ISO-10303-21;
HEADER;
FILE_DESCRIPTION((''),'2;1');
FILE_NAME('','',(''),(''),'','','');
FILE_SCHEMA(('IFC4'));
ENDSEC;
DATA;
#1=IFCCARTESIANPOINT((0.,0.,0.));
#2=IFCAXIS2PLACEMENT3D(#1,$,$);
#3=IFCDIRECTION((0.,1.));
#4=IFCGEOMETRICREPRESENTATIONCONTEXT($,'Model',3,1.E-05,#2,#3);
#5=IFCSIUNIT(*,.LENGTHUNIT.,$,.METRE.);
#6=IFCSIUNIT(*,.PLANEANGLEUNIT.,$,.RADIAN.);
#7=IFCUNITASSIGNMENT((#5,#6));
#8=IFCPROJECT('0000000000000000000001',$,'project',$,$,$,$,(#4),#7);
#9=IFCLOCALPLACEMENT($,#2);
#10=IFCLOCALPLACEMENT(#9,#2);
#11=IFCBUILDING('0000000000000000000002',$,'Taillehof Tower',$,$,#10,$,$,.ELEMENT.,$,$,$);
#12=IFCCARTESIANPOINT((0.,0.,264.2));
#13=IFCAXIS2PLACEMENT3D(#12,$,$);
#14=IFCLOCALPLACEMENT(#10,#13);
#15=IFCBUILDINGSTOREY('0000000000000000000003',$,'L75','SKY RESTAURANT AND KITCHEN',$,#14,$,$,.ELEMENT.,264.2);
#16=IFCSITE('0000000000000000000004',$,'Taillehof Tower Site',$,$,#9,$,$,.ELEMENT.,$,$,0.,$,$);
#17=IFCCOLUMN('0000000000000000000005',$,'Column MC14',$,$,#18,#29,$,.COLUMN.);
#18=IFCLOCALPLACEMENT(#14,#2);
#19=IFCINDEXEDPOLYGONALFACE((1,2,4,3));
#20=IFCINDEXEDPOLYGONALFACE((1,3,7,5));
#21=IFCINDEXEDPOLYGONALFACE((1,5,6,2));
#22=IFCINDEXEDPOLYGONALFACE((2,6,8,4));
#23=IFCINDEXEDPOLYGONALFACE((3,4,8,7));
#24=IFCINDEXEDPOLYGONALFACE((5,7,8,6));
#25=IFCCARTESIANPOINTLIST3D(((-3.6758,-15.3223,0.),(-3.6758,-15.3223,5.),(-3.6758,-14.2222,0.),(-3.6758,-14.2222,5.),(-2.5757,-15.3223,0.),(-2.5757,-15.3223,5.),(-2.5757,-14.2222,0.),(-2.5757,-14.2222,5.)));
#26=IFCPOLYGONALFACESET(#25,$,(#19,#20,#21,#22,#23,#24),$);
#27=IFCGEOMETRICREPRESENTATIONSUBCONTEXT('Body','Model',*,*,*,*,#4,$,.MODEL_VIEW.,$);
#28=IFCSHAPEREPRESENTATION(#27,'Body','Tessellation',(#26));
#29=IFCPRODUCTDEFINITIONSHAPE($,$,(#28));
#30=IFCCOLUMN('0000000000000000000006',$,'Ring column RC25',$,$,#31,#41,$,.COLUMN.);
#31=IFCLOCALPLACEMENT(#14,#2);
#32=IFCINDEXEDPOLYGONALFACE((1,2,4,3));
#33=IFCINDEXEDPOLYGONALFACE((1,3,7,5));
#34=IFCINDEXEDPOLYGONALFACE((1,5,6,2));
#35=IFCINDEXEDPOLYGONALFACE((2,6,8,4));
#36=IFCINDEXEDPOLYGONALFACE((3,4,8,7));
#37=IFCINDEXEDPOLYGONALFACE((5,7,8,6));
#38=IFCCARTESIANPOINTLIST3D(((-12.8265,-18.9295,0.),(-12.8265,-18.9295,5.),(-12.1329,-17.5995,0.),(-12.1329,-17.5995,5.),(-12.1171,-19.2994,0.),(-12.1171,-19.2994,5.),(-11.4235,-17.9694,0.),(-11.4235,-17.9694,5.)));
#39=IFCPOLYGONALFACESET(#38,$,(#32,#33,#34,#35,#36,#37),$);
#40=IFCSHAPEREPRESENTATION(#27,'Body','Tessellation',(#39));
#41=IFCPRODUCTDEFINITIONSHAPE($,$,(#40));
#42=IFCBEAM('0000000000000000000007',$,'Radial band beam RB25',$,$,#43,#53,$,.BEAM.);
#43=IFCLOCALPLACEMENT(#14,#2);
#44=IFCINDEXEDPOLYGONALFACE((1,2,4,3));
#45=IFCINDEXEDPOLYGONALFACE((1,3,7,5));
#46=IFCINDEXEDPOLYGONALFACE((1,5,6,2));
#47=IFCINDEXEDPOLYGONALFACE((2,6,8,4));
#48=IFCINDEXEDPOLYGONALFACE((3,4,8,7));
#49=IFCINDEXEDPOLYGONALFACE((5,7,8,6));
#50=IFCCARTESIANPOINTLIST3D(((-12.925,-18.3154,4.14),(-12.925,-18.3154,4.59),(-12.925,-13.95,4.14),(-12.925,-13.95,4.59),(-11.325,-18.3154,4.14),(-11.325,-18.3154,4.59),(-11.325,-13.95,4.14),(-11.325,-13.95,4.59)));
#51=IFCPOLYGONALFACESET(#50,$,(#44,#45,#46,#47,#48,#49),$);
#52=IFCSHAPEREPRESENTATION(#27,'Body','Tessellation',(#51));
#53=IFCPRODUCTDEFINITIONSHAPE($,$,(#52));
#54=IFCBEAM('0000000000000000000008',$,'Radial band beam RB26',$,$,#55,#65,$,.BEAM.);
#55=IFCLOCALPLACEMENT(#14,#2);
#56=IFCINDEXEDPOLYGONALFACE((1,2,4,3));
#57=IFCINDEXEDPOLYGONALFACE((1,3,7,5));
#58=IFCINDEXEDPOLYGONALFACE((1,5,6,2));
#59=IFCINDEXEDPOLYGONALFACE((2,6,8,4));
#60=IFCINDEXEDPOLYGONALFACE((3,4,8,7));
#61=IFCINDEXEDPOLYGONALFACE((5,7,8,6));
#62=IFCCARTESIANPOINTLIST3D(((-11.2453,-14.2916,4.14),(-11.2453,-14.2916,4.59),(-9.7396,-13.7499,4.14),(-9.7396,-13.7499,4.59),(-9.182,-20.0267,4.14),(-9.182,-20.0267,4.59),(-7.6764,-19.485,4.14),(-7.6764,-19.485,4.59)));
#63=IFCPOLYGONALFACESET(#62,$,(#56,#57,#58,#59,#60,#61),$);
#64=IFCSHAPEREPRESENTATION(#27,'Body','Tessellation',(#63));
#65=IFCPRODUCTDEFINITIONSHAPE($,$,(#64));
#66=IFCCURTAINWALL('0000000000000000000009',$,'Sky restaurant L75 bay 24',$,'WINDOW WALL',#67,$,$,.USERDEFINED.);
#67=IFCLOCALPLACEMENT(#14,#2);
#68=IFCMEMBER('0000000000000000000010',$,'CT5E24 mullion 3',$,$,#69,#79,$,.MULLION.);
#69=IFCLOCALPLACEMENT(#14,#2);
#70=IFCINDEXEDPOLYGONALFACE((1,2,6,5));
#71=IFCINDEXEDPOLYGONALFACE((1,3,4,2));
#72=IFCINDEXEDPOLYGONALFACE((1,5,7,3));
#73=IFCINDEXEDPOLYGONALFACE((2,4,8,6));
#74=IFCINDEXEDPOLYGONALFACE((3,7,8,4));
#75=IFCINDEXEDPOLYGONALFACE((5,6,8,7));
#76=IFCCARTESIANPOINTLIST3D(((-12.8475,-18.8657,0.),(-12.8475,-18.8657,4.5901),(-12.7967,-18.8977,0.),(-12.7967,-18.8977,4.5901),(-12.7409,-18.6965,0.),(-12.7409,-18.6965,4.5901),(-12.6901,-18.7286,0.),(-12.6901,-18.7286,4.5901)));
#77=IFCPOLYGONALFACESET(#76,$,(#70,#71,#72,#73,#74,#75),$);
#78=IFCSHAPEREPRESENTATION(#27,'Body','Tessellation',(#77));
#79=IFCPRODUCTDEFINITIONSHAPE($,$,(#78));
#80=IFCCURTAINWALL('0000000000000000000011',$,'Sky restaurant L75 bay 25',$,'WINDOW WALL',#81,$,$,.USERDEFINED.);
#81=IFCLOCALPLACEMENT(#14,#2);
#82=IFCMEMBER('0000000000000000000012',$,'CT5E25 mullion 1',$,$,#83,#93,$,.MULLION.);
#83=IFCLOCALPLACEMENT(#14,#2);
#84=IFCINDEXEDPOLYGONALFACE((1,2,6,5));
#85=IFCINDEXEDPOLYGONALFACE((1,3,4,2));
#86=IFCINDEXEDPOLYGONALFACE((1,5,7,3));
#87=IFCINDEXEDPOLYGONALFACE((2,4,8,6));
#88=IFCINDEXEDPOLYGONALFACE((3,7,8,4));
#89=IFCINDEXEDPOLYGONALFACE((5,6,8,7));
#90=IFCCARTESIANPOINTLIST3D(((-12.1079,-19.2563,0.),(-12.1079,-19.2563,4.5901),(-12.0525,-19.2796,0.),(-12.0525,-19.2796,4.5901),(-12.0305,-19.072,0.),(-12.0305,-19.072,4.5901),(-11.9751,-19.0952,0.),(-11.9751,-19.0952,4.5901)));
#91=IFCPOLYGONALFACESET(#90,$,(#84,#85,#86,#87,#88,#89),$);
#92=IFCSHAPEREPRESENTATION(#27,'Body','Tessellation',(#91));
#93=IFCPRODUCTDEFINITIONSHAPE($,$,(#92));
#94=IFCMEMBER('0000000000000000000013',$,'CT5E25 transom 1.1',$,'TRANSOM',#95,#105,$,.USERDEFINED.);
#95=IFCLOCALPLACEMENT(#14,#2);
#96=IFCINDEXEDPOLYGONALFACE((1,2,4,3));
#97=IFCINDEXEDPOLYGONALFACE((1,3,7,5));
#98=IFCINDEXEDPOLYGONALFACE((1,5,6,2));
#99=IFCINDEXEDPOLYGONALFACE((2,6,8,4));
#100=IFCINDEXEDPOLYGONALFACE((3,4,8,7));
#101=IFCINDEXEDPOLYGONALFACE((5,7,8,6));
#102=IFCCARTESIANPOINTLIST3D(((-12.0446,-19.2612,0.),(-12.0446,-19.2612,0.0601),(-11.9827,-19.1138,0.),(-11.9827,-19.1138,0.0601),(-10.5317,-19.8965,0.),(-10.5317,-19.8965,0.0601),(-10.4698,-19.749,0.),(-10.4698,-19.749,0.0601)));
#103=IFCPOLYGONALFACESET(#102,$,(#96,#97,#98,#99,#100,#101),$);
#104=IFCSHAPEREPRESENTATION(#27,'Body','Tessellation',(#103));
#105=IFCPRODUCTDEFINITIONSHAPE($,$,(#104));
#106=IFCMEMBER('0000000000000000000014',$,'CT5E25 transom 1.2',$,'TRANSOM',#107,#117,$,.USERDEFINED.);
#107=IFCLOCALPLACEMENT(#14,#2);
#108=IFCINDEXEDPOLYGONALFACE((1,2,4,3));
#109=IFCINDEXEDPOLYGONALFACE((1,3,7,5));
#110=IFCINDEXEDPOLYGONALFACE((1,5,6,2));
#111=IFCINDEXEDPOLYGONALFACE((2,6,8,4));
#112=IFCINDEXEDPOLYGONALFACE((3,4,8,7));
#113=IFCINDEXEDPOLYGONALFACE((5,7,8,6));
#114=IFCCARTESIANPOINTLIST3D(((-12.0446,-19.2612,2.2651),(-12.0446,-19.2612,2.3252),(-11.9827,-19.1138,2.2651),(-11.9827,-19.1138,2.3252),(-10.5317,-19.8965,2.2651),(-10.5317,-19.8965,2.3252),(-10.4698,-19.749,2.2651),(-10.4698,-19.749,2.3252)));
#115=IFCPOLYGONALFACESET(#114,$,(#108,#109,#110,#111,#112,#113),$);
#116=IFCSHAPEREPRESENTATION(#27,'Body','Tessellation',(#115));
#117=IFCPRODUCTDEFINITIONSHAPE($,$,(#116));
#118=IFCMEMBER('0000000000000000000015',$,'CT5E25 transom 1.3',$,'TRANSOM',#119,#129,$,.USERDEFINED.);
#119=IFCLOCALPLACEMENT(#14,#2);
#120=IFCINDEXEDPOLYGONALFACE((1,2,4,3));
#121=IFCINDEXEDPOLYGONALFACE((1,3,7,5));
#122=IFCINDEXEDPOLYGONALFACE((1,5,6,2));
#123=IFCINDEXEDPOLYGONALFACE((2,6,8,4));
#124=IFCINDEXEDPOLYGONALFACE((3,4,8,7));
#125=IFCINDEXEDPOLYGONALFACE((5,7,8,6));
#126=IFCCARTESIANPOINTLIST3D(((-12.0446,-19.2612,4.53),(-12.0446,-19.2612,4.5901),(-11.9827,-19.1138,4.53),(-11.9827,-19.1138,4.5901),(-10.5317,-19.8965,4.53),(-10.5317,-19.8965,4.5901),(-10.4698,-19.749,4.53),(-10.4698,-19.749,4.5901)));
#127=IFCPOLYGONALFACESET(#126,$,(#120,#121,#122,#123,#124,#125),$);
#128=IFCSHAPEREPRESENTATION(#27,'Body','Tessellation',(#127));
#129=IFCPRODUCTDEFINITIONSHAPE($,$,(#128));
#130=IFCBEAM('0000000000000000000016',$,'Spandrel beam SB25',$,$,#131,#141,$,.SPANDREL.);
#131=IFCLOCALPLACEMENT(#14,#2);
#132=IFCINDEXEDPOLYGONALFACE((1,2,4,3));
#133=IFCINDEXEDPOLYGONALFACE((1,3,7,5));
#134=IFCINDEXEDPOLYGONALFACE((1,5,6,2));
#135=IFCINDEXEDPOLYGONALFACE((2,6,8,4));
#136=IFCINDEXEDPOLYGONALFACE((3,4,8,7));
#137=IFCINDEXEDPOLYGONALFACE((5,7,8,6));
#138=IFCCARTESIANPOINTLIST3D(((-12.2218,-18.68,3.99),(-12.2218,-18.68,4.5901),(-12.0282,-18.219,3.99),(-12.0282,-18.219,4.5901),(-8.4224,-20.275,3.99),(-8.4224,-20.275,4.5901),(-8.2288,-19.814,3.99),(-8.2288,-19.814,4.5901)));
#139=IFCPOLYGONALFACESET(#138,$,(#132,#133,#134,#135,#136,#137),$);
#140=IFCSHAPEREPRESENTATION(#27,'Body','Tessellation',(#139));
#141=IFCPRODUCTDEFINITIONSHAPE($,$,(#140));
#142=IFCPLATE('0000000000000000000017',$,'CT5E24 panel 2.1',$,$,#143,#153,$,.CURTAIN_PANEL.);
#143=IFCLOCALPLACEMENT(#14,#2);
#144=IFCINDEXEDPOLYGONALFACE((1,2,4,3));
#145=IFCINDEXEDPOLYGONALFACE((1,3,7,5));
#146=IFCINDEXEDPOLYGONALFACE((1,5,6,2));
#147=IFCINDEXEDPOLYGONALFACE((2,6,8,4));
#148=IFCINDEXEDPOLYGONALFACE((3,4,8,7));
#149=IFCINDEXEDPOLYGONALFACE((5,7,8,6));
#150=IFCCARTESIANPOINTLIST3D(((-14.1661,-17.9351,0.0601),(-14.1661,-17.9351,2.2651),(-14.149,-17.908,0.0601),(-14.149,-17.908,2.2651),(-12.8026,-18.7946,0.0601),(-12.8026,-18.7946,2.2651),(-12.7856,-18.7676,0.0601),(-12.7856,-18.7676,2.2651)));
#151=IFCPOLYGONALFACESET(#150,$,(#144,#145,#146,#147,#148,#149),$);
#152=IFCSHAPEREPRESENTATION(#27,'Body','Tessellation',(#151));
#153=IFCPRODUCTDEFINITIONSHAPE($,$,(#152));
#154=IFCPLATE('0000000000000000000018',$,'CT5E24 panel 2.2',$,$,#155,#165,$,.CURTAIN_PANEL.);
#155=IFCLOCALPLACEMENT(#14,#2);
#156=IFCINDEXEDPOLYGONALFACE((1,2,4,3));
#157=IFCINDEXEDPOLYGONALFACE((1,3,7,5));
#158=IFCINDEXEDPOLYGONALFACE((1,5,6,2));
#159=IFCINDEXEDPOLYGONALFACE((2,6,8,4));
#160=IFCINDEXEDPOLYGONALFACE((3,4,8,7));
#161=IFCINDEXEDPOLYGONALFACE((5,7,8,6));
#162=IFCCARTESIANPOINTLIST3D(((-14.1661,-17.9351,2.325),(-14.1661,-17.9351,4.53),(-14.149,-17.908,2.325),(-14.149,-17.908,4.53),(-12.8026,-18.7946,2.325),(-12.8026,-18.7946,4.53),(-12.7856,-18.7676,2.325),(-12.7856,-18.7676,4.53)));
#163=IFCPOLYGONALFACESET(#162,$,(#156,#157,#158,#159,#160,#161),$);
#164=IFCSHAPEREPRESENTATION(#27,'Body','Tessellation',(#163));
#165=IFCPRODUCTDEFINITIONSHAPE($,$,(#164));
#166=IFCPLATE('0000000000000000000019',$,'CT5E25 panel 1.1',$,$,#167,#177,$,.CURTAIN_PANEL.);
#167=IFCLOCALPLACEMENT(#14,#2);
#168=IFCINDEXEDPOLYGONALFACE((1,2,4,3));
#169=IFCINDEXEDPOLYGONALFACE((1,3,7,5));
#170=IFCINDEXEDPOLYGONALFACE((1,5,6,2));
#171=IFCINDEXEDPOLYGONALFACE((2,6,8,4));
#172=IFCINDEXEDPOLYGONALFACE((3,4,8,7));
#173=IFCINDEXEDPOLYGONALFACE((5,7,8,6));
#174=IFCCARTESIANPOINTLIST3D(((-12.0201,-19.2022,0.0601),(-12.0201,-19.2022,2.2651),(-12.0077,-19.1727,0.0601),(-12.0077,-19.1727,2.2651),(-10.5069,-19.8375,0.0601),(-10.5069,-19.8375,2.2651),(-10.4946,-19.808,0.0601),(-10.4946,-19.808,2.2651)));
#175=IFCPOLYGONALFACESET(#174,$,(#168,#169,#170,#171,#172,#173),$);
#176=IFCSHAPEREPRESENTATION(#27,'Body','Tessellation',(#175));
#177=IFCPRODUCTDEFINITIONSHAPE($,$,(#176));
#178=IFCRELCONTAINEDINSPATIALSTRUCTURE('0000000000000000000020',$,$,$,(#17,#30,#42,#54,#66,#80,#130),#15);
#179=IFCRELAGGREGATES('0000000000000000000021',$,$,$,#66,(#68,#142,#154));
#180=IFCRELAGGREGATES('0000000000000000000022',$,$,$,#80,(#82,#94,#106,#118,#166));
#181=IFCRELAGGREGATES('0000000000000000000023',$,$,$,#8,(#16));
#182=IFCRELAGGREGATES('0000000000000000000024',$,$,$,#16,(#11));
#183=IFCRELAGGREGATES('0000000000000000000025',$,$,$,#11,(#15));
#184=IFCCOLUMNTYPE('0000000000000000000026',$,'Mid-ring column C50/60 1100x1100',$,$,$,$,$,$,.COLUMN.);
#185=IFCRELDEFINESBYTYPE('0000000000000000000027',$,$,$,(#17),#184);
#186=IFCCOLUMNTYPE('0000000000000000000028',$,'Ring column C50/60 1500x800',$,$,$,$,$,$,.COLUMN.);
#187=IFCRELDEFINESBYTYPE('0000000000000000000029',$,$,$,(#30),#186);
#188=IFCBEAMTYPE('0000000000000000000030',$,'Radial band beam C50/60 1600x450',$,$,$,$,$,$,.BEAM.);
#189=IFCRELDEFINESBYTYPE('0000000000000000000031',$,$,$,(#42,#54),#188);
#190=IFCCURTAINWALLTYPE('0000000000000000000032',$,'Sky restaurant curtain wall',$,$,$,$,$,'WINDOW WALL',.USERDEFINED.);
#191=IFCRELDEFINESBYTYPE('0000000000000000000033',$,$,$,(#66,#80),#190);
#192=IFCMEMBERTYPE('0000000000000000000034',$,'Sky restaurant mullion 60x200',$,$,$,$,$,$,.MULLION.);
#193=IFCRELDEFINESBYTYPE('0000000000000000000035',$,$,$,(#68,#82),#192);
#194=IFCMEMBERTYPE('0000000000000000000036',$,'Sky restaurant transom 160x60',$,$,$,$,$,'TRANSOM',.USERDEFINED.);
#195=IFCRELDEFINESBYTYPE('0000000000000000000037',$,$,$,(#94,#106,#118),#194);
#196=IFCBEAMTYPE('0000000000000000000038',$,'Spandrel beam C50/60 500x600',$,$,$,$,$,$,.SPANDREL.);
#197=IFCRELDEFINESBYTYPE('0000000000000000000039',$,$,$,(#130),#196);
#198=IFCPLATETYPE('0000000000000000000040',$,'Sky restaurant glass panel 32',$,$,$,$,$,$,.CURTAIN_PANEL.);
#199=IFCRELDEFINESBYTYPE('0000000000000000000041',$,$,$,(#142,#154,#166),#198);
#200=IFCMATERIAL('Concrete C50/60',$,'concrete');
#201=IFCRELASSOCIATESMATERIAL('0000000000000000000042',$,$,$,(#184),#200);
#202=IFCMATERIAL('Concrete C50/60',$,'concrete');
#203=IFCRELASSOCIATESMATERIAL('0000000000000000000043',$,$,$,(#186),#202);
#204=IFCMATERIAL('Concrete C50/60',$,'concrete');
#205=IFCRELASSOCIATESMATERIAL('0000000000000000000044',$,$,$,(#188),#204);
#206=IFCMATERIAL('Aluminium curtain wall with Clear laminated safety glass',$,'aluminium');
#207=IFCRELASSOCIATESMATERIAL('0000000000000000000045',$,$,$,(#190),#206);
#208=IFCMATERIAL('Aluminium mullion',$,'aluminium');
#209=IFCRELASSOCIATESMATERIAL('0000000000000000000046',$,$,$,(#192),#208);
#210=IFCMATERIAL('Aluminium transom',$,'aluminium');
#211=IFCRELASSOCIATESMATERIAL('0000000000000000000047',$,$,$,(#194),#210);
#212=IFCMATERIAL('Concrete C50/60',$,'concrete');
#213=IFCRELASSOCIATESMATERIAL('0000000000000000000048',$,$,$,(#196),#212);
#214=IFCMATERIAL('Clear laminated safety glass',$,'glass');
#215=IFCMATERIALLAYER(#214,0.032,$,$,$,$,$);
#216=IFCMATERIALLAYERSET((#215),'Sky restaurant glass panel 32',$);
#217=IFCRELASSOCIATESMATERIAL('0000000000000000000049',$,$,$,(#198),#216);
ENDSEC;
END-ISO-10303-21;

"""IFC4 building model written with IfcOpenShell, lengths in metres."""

from ifc_helpers import new_model, si_unit, direction, frame, origin, origin_2d, place, context, subcontext, project, spatial, rectangle, extrude, material, layer, layer_set, material_profile, profile_set, type_object, element, aggregate, save


model = new_model("IFC4")

# Units and contexts
model_context = context("Model", 3, precision=1e-05, world=origin(), true_north=direction((0.0, 1.0)))
body_context = subcontext(model_context, "Body", "Model", "MODEL_VIEW")
ifc_project = project(units=[si_unit("LENGTHUNIT", "METRE"), si_unit("PLANEANGLEUNIT", "RADIAN")], contexts=[model_context])

# Site, building, storey
site_placement = place(None, origin())
site = spatial("IfcSite", under=ifc_project, at=site_placement, Name="Taillehof Tower Site", CompositionType="ELEMENT", RefElevation=0.0)
building_placement = place(site_placement, origin())
building = spatial("IfcBuilding", under=site, at=building_placement, Name="Taillehof Tower", CompositionType="ELEMENT")
storey_placement = place(building_placement, frame((0.0, 0.0, 264.2)))
storey = spatial("IfcBuildingStorey", under=building, at=storey_placement, Name="L75", Description="SKY RESTAURANT AND KITCHEN", CompositionType="ELEMENT", Elevation=264.2)

# Columns
ifc_material_1 = material(Name="Concrete C50/60", Category="concrete")
ifc_material_profile_1 = material_profile(ifc_material_1, rectangle(XDim=1.1001, YDim=1.1001, at=origin_2d()), Name="RC 1100x1100")
ifc_profile_set_1 = profile_set([ifc_material_profile_1], Name="Concrete C50/60")
column_type_1 = type_object("IfcColumnType", Name="Mid-ring column C50/60 1100x1100", PredefinedType="COLUMN", material=ifc_profile_set_1)
column_1_placement = place(storey_placement, frame((-3.1257, -14.7722, 0.0), z_axis=(0.0, 0.0, 1.0), x_axis=(1.0, 0.0, 0.0)))
element("IfcColumn", 1, at=column_1_placement, inside=storey, type_object=column_type_1, Name="Column MC14", PredefinedType="COLUMN", context=body_context, shape_type="SweptSolid", body=[
    extrude(rectangle(XDim=1.1001, YDim=1.1001, at=origin_2d()), origin(), (0.0, 0.0, 1.0), 5.0),
])
ifc_material_2 = material(Name="Concrete C50/60", Category="concrete")
ifc_material_profile_2 = material_profile(ifc_material_2, rectangle(XDim=1.5, YDim=0.8, at=origin_2d()), Name="RC 1500x800")
ifc_profile_set_2 = profile_set([ifc_material_profile_2], Name="Concrete C50/60")
column_type_2 = type_object("IfcColumnType", Name="Ring column C50/60 1500x800", PredefinedType="COLUMN", material=ifc_profile_set_2)
column_2_placement = place(storey_placement, frame((-12.125, -18.4495, 0.0), z_axis=(0.0, 0.0, 1.0), x_axis=(-0.462384, -0.88668, 0.0)))
element("IfcColumn", 2, at=column_2_placement, inside=storey, type_object=column_type_2, Name="Ring column RC25", PredefinedType="COLUMN", context=body_context, shape_type="SweptSolid", body=[
    extrude(rectangle(XDim=1.5, YDim=0.8, at=origin_2d()), origin(), (0.0, 0.0, 1.0), 5.0),
])

# Beams
ifc_material_3 = material(Name="Concrete C50/60", Category="concrete")
ifc_material_profile_3 = material_profile(ifc_material_3, rectangle(XDim=1.6001, YDim=0.45, at=origin_2d()), Name="RC 1600x450")
ifc_profile_set_3 = profile_set([ifc_material_profile_3], Name="Concrete C50/60")
beam_type_1 = type_object("IfcBeamType", Name="Radial band beam C50/60 1600x450", PredefinedType="BEAM", material=ifc_profile_set_3)
beam_1_placement = place(storey_placement, frame((-12.125, -18.3154, 4.365), z_axis=(0.0, 1.0, 0.0), x_axis=(-1.0, 0.0, 0.0)))
element("IfcBeam", 3, at=beam_1_placement, inside=storey, type_object=beam_type_1, Name="Radial band beam RB25", PredefinedType="BEAM", context=body_context, shape_type="SweptSolid", body=[
    extrude(rectangle(XDim=1.6001, YDim=0.45, at=origin_2d()), origin(), (0.0, 0.0, 1.0), 4.3655),
])
beam_2_placement = place(storey_placement, frame((-8.4292, -19.7559, 4.365), z_axis=(-0.338515, 0.940961, 0.0), x_axis=(-0.940961, -0.338515, 0.0)))
element("IfcBeam", 4, at=beam_2_placement, inside=storey, type_object=beam_type_1, Name="Radial band beam RB26", PredefinedType="BEAM", context=body_context, shape_type="SweptSolid", body=[
    extrude(rectangle(XDim=1.6001, YDim=0.45, at=origin_2d()), origin(), (0.0, 0.0, 1.0), 6.095),
])

# Curtain wall, member
ifc_material_4 = material(Name="Aluminium curtain wall with Clear laminated safety glass", Category="aluminium")
curtain_wall_type = type_object("IfcCurtainWallType", Name="Sky restaurant curtain wall", ElementType="WINDOW WALL", PredefinedType="USERDEFINED", material=ifc_material_4)
curtain_wall_1_placement = place(storey_placement, origin())
curtain_wall_1 = element("IfcCurtainWall", 5, at=curtain_wall_1_placement, inside=storey, type_object=curtain_wall_type, Name="Sky restaurant L75 bay 24", ObjectType="WINDOW WALL", PredefinedType="USERDEFINED")
ifc_material_5 = material(Name="Aluminium mullion", Category="aluminium")
ifc_material_profile_4 = material_profile(ifc_material_5, rectangle(XDim=0.2, YDim=0.0601, at=origin_2d()), Name="AL 60x200")
ifc_profile_set_4 = profile_set([ifc_material_profile_4], Name="Aluminium mullion")
member_type_1 = type_object("IfcMemberType", Name="Sky restaurant mullion 60x200", PredefinedType="MULLION", material=ifc_profile_set_4)
member_1_placement = place(storey_placement, frame((-12.7688, -18.7971, 0.0), z_axis=(0.0, 0.0, 1.0), x_axis=(0.533294, 0.84593, 0.0)))
member_1 = element("IfcMember", 6, at=member_1_placement, type_object=member_type_1, Name="CT5E24 mullion 3", PredefinedType="MULLION", context=body_context, shape_type="SweptSolid", body=[
    extrude(rectangle(XDim=0.2, YDim=0.0601, at=origin_2d()), origin(), (0.0, 0.0, 1.0), 4.5901),
])

# Curtain wall, members
curtain_wall_2_placement = place(storey_placement, origin())
curtain_wall_2 = element("IfcCurtainWall", 7, at=curtain_wall_2_placement, inside=storey, type_object=curtain_wall_type, Name="Sky restaurant L75 bay 25", ObjectType="WINDOW WALL", PredefinedType="USERDEFINED")
member_2_placement = place(storey_placement, frame((-12.0415, -19.1758, 0.0), z_axis=(0.0, 0.0, 1.0), x_axis=(0.387101, 0.922037, 0.0)))
member_2 = element("IfcMember", 8, at=member_2_placement, type_object=member_type_1, Name="CT5E25 mullion 1", PredefinedType="MULLION", context=body_context, shape_type="SweptSolid", body=[
    extrude(rectangle(XDim=0.2, YDim=0.0601, at=origin_2d()), origin(), (0.0, 0.0, 1.0), 4.5901),
])
ifc_material_6 = material(Name="Aluminium transom", Category="aluminium")
ifc_material_profile_5 = material_profile(ifc_material_6, rectangle(XDim=0.1599, YDim=0.0601, at=origin_2d()), Name="AL 160x60")
ifc_profile_set_5 = profile_set([ifc_material_profile_5], Name="Aluminium transom")
member_type_2 = type_object("IfcMemberType", Name="Sky restaurant transom 160x60", ElementType="TRANSOM", PredefinedType="USERDEFINED", material=ifc_profile_set_5)
member_3_placement = place(storey_placement, frame((-12.0137, -19.1875, 0.03), z_axis=(0.922021, -0.387139, 0.0), x_axis=(0.387139, 0.922021, 0.0)))
member_3 = element("IfcMember", 9, at=member_3_placement, type_object=member_type_2, Name="CT5E25 transom 1.1", ObjectType="TRANSOM", PredefinedType="USERDEFINED", context=body_context, shape_type="SweptSolid", body=[
    extrude(rectangle(XDim=0.1599, YDim=0.0601, at=origin_2d()), origin(), (0.0, 0.0, 1.0), 1.6409),
])
member_4_placement = place(storey_placement, frame((-12.0137, -19.1875, 2.2952), z_axis=(0.922021, -0.387139, 0.0), x_axis=(0.387139, 0.922021, 0.0)))
member_4 = element("IfcMember", 10, at=member_4_placement, type_object=member_type_2, Name="CT5E25 transom 1.2", ObjectType="TRANSOM", PredefinedType="USERDEFINED", context=body_context, shape_type="SweptSolid", body=[
    extrude(rectangle(XDim=0.1599, YDim=0.0601, at=origin_2d()), origin(), (0.0, 0.0, 1.0), 1.6409),
])
member_5_placement = place(storey_placement, frame((-12.0137, -19.1875, 4.5601), z_axis=(0.922021, -0.387139, 0.0), x_axis=(0.387139, 0.922021, 0.0)))
member_5 = element("IfcMember", 11, at=member_5_placement, type_object=member_type_2, Name="CT5E25 transom 1.3", ObjectType="TRANSOM", PredefinedType="USERDEFINED", context=body_context, shape_type="SweptSolid", body=[
    extrude(rectangle(XDim=0.1599, YDim=0.0601, at=origin_2d()), origin(), (0.0, 0.0, 1.0), 1.6409),
])

# Beam
ifc_material_7 = material(Name="Concrete C50/60", Category="concrete")
ifc_material_profile_6 = material_profile(ifc_material_7, rectangle(XDim=0.5, YDim=0.6001, at=origin_2d()), Name="RC 500x600")
ifc_profile_set_6 = profile_set([ifc_material_profile_6], Name="Concrete C50/60")
beam_type_2 = type_object("IfcBeamType", Name="Spandrel beam C50/60 500x600", PredefinedType="SPANDREL", material=ifc_profile_set_6)
beam_3_placement = place(storey_placement, frame((-12.125, -18.4495, 4.29), z_axis=(0.922046, -0.387079, 0.0), x_axis=(0.387079, 0.922046, 0.0)))
element("IfcBeam", 12, at=beam_3_placement, inside=storey, type_object=beam_type_2, Name="Spandrel beam SB25", PredefinedType="SPANDREL", context=body_context, shape_type="SweptSolid", body=[
    extrude(rectangle(XDim=0.5, YDim=0.6001, at=origin_2d()), origin(), (0.0, 0.0, 1.0), 4.1206),
])

# Plates
ifc_material_8 = material(Name="Clear laminated safety glass", Category="glass")
ifc_layer_1 = layer(ifc_material_8, 0.032)
ifc_layer_set_1 = layer_set([ifc_layer_1], Name="Sky restaurant glass panel 32")
plate_type = type_object("IfcPlateType", Name="Sky restaurant glass panel 32", PredefinedType="CURTAIN_PANEL", material=ifc_layer_set_1)
plate_1_placement = place(storey_placement, frame((-13.4758, -18.3513, 0.0601), z_axis=(0.0, 0.0, 1.0), x_axis=(0.84593, -0.533294, 0.0)))
plate_1 = element("IfcPlate", 13, at=plate_1_placement, type_object=plate_type, Name="CT5E24 panel 2.1", PredefinedType="CURTAIN_PANEL", context=body_context, shape_type="SweptSolid", body=[
    extrude(rectangle(XDim=1.6118, YDim=0.032, at=origin_2d()), origin(), (0.0, 0.0, 1.0), 2.2051),
])
plate_2_placement = place(storey_placement, frame((-13.4758, -18.3513, 2.325), z_axis=(0.0, 0.0, 1.0), x_axis=(0.84593, -0.533294, 0.0)))
plate_2 = element("IfcPlate", 14, at=plate_2_placement, type_object=plate_type, Name="CT5E24 panel 2.2", PredefinedType="CURTAIN_PANEL", context=body_context, shape_type="SweptSolid", body=[
    extrude(rectangle(XDim=1.6118, YDim=0.032, at=origin_2d()), origin(), (0.0, 0.0, 1.0), 2.2051),
])
aggregate(curtain_wall_1, [member_1, plate_1, plate_2])
plate_3_placement = place(storey_placement, frame((-11.2573, -19.5051, 0.0601), z_axis=(0.0, 0.0, 1.0), x_axis=(0.922037, -0.387101, 0.0)))
plate_3 = element("IfcPlate", 15, at=plate_3_placement, type_object=plate_type, Name="CT5E25 panel 1.1", PredefinedType="CURTAIN_PANEL", context=body_context, shape_type="SweptSolid", body=[
    extrude(rectangle(XDim=1.6411, YDim=0.032, at=origin_2d()), origin(), (0.0, 0.0, 1.0), 2.2051),
])
aggregate(curtain_wall_2, [member_2, member_3, member_4, member_5, plate_3])

save(model, "model.ifc")
